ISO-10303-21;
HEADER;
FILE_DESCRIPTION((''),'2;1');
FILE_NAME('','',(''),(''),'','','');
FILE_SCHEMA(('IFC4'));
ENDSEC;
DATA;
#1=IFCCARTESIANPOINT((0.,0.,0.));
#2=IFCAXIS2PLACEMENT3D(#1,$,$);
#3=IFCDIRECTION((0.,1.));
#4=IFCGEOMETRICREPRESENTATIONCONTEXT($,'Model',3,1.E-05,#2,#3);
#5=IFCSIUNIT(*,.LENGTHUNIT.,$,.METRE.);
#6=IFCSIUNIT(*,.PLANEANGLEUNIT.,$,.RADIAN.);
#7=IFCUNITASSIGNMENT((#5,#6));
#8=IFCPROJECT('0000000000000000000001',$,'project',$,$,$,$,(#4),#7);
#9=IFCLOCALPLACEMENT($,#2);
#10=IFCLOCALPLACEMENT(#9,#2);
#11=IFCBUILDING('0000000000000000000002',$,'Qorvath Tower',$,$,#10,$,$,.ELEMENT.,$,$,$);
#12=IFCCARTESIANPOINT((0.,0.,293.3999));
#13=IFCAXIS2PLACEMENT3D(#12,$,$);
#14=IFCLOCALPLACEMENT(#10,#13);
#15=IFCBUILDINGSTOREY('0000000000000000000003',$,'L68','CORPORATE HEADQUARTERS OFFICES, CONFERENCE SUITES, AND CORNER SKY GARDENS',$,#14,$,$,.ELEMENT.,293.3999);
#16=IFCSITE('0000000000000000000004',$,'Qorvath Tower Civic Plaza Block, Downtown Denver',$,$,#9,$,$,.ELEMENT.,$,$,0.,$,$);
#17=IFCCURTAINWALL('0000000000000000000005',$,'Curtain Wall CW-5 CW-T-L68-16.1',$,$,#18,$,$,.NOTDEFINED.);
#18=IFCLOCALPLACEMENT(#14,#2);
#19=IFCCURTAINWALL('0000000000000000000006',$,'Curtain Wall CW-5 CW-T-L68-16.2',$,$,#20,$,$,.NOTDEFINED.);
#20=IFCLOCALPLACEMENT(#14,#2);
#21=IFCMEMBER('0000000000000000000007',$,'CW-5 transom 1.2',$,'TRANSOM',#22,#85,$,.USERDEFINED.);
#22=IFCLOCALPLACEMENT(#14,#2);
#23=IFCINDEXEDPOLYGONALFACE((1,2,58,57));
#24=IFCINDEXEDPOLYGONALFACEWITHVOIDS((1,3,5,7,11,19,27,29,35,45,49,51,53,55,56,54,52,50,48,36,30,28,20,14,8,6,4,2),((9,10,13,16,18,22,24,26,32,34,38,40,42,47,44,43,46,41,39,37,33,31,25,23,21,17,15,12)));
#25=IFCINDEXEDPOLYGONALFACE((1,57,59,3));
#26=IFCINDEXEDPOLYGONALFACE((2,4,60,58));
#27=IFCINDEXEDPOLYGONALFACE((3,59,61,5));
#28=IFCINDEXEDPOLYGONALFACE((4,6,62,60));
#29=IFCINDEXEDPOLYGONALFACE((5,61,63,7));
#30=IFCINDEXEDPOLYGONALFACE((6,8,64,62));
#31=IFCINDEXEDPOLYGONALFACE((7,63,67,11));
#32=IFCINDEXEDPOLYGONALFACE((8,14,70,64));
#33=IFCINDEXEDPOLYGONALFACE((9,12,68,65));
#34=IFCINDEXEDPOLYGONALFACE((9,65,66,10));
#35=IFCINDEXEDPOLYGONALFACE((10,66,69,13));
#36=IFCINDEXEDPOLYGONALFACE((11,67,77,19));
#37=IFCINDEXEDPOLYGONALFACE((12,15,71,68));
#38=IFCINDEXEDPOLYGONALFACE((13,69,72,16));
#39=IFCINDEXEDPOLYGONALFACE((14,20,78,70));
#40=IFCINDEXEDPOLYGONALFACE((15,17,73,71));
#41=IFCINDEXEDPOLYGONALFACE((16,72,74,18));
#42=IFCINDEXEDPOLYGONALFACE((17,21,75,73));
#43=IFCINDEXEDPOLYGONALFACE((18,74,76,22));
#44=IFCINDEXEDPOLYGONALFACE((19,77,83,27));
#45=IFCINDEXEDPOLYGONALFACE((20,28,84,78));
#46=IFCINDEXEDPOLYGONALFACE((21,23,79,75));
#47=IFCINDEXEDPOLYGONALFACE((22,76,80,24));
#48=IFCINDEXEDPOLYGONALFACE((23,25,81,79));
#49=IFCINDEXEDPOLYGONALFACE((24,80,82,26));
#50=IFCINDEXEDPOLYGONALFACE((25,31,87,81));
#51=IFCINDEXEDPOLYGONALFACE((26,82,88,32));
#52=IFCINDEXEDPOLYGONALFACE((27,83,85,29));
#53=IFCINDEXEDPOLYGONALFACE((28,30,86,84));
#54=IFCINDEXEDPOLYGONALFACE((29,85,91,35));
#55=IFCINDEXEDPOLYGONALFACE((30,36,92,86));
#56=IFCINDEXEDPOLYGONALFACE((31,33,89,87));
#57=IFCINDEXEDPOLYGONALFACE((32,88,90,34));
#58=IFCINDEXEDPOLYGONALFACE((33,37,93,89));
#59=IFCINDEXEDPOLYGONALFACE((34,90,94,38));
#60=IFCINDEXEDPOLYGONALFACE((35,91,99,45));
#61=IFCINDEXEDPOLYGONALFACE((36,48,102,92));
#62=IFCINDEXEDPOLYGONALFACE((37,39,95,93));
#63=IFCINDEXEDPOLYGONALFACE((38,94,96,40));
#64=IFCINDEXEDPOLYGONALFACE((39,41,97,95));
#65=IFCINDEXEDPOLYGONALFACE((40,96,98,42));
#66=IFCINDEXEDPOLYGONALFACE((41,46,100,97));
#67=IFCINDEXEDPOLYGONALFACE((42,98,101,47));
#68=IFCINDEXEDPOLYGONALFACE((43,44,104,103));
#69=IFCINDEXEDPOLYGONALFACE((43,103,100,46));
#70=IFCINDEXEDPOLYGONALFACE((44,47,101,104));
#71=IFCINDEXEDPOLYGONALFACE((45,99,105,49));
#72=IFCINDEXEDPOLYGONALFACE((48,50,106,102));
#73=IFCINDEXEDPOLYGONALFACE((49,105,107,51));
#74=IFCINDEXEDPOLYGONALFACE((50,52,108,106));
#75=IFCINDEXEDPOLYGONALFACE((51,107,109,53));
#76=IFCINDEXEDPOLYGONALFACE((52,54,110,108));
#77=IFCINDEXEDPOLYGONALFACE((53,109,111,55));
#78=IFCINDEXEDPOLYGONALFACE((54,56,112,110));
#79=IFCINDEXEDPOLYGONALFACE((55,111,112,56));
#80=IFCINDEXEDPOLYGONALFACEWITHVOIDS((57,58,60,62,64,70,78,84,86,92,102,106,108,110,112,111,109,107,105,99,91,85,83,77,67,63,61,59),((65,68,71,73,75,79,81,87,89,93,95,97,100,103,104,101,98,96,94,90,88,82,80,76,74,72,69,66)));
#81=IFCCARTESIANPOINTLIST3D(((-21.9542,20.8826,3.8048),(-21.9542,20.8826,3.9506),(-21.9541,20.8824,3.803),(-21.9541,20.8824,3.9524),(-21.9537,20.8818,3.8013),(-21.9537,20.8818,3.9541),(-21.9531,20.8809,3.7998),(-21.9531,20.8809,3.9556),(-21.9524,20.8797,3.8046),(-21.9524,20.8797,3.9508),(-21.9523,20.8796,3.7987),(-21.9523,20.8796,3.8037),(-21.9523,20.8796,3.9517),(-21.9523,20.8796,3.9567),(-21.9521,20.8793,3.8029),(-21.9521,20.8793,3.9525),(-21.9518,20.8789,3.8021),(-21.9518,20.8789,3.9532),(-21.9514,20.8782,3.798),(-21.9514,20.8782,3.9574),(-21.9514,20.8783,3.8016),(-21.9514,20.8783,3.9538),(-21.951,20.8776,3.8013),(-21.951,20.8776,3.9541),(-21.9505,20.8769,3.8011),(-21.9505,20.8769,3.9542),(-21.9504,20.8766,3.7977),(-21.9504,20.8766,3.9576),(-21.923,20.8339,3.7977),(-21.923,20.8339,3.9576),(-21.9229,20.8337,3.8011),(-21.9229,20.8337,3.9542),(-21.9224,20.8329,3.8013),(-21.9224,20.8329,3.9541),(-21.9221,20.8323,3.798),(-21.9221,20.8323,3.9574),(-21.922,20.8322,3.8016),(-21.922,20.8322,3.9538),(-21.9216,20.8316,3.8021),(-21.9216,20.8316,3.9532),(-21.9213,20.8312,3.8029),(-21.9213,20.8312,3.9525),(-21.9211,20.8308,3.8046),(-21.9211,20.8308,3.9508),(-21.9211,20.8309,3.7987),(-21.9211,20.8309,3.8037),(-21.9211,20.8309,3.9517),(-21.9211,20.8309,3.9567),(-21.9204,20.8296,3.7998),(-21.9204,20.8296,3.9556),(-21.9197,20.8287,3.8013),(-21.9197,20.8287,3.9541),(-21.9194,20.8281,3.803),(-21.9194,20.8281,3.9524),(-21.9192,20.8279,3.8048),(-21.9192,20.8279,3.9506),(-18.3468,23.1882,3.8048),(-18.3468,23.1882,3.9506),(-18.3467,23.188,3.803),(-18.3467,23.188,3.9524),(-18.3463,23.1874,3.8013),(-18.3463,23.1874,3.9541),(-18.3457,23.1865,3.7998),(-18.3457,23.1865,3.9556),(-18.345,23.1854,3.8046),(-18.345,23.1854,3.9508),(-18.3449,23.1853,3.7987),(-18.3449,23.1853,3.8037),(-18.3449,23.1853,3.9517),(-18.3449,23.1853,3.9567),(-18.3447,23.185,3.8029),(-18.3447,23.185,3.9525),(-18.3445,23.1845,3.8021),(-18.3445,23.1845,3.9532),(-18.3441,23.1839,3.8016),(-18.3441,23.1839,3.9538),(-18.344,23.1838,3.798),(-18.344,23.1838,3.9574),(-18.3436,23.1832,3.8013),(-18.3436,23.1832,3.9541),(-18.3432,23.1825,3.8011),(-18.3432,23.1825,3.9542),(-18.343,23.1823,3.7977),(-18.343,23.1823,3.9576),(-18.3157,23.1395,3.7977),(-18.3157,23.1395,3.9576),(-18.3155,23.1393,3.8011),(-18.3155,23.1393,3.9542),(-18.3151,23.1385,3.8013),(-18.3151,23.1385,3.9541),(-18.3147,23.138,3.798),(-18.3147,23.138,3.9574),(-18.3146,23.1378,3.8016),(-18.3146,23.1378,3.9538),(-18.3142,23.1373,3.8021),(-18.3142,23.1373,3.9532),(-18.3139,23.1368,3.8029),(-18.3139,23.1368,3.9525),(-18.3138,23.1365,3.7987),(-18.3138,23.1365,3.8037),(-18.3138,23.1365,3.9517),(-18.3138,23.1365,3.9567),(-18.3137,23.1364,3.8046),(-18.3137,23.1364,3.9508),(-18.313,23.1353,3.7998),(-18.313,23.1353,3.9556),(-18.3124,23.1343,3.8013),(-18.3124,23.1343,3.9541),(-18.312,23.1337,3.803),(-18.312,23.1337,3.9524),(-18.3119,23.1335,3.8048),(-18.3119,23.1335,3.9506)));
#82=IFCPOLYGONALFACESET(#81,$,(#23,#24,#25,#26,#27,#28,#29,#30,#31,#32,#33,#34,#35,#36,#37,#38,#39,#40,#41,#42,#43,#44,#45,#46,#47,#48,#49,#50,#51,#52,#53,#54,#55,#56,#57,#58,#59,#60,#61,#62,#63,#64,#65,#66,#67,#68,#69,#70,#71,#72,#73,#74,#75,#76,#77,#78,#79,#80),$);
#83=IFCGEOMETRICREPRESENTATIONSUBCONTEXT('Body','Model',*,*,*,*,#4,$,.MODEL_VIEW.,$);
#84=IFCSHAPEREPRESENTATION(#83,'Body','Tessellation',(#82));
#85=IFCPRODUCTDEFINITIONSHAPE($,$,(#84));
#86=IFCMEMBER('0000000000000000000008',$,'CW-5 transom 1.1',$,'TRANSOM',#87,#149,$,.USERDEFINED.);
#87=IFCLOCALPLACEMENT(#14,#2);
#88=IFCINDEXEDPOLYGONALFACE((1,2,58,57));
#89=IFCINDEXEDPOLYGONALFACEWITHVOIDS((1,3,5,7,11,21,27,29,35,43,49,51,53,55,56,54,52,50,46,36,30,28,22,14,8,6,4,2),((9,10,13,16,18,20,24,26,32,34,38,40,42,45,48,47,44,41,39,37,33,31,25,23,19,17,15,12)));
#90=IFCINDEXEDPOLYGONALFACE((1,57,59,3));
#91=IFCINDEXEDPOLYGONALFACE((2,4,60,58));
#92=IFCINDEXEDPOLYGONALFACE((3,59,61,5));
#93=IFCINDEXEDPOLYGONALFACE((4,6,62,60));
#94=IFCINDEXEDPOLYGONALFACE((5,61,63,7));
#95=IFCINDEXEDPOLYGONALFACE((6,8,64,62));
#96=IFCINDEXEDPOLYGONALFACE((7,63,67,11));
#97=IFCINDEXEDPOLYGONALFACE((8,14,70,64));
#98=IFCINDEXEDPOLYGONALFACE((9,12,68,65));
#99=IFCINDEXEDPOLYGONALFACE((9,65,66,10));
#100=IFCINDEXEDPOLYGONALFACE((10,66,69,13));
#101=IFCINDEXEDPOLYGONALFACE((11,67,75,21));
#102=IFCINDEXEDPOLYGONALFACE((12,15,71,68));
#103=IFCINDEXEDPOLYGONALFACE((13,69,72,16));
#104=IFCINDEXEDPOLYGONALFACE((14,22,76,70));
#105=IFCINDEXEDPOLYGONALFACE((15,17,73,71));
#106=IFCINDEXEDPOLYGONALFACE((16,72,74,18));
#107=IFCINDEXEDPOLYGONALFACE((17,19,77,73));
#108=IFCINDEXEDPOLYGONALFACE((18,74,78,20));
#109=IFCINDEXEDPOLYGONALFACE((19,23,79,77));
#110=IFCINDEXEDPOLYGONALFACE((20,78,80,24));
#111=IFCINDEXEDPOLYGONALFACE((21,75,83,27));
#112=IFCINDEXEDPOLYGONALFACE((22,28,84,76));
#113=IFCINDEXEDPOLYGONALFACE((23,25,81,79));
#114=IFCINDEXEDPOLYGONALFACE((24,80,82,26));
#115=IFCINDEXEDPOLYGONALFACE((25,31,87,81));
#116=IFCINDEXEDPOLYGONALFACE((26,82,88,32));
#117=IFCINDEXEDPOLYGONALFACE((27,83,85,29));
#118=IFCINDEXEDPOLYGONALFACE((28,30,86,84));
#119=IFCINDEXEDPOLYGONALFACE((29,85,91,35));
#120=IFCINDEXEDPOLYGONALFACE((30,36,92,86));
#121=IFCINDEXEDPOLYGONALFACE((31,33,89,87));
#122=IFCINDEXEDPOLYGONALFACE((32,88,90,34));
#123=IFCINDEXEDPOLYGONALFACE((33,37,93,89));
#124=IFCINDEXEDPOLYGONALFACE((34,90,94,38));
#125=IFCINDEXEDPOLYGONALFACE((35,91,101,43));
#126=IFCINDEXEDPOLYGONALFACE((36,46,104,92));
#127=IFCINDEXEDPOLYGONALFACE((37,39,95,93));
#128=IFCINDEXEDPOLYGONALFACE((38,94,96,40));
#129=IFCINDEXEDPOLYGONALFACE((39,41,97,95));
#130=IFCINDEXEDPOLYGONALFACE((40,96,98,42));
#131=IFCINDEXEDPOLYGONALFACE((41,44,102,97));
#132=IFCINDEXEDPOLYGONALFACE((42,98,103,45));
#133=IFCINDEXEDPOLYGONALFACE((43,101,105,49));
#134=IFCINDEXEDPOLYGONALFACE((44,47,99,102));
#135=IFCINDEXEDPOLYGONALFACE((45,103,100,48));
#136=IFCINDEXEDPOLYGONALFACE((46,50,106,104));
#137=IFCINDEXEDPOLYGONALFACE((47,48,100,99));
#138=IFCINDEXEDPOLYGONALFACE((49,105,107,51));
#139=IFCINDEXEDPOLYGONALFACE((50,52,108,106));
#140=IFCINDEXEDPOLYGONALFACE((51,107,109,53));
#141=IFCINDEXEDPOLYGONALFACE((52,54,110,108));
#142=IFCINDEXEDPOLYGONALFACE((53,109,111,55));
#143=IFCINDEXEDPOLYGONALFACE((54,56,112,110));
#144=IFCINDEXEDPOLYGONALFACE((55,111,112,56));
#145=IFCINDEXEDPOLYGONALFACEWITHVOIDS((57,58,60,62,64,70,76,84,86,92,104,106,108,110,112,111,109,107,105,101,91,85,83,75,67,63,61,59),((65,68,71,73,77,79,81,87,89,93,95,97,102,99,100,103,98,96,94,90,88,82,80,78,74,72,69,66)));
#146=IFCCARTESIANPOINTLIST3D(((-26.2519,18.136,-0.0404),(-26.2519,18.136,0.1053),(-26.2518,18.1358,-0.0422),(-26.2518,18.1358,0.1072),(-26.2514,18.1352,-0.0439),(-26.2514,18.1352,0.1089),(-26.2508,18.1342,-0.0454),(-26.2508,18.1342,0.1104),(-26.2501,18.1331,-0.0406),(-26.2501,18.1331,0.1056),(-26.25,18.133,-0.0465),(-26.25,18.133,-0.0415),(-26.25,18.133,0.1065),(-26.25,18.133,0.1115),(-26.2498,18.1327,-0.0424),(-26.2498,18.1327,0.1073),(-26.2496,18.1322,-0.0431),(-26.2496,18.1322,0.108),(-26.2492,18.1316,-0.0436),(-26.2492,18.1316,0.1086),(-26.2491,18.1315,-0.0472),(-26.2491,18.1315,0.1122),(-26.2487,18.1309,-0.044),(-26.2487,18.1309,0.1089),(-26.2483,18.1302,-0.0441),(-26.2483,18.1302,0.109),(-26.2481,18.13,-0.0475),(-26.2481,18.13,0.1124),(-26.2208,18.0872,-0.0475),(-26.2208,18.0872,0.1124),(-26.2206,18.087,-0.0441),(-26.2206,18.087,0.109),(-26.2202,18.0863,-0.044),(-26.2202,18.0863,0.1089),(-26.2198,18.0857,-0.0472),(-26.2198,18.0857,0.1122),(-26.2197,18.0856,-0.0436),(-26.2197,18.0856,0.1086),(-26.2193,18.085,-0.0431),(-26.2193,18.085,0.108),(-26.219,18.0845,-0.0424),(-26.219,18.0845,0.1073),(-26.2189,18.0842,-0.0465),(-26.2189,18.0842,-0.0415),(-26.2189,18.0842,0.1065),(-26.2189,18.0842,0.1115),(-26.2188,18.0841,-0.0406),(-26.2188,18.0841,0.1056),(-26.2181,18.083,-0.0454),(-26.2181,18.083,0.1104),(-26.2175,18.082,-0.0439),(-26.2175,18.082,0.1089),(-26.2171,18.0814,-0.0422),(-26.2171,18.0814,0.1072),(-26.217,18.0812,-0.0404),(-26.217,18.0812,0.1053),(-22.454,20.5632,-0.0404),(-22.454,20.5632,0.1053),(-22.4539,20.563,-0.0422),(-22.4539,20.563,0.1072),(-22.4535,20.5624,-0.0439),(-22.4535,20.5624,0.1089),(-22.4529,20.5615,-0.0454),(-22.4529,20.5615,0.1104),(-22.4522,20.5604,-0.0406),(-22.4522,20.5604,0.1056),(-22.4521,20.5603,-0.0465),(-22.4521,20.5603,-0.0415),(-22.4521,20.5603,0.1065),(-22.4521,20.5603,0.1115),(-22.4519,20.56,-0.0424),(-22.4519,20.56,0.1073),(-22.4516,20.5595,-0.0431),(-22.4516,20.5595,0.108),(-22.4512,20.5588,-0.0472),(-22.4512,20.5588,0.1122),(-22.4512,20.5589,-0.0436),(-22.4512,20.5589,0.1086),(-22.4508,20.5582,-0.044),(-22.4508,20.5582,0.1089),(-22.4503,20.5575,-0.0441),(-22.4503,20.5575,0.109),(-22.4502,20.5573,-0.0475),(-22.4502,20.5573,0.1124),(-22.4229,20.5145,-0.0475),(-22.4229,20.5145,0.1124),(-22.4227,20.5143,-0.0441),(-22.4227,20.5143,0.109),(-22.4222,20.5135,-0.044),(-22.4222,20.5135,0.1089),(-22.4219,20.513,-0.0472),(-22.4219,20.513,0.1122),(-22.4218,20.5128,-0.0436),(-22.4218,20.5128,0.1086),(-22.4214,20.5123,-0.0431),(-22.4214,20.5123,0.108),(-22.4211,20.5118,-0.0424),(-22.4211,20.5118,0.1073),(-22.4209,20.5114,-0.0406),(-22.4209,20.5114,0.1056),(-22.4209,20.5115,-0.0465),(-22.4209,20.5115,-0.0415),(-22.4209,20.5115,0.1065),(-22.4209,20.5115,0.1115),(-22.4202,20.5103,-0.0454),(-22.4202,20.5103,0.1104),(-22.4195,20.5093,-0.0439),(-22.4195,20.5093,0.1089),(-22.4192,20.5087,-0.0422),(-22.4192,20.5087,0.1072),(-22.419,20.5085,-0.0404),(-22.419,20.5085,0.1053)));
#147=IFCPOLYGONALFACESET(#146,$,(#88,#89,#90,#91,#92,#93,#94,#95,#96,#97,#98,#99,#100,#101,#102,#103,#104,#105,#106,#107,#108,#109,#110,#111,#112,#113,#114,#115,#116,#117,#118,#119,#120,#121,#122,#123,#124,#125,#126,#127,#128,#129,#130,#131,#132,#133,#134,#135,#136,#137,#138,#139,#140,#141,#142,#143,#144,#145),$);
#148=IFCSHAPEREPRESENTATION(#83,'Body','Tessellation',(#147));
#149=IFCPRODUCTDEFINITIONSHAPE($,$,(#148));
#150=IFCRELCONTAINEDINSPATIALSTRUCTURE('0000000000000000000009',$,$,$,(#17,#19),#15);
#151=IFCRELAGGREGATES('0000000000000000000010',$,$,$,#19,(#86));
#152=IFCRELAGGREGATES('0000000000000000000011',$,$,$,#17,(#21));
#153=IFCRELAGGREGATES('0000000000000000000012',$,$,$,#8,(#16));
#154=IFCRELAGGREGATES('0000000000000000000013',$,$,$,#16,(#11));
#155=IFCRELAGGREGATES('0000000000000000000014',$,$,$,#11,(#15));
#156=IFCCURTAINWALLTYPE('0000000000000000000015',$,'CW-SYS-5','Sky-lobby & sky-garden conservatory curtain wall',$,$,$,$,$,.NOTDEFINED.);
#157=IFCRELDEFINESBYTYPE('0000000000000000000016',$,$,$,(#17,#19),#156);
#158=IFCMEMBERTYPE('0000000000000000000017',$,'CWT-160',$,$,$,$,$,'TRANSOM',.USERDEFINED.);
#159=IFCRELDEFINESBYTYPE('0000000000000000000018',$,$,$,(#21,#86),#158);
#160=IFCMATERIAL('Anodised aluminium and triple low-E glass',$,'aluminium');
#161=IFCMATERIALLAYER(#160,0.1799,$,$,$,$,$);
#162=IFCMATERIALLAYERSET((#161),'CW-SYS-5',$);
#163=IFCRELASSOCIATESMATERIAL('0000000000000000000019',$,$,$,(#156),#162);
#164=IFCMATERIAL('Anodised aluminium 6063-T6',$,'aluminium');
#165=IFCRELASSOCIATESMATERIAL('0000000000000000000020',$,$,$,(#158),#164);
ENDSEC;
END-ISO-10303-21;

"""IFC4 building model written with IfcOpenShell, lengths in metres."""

from ifc_helpers import new_model, si_unit, direction, frame, origin, origin_2d, place, context, subcontext, project, spatial, hollow_rectangle, extrude, material, layer, layer_set, material_profile, profile_set, type_object, element, aggregate, save


model = new_model("IFC4")

# Units and contexts
model_context = context("Model", 3, precision=1e-05, world=origin(), true_north=direction((0.0, 1.0)))
body_context = subcontext(model_context, "Body", "Model", "MODEL_VIEW")
ifc_project = project(units=[si_unit("LENGTHUNIT", "METRE"), si_unit("PLANEANGLEUNIT", "RADIAN")], contexts=[model_context])

# Site, building, storey
site_placement = place(None, origin())
site = spatial("IfcSite", under=ifc_project, at=site_placement, Name="Qorvath Tower Civic Plaza Block, Downtown Denver", CompositionType="ELEMENT", RefElevation=0.0)
building_placement = place(site_placement, origin())
building = spatial("IfcBuilding", under=site, at=building_placement, Name="Qorvath Tower", CompositionType="ELEMENT")
storey_placement = place(building_placement, frame((0.0, 0.0, 293.3999)))
storey = spatial("IfcBuildingStorey", under=building, at=storey_placement, Name="L68", Description="CORPORATE HEADQUARTERS OFFICES, CONFERENCE SUITES, AND CORNER SKY GARDENS", CompositionType="ELEMENT", Elevation=293.3999)

# Shared definitions
ifc_material_1 = material(Name="Anodised aluminium and triple low-E glass", Category="aluminium")
ifc_layer_1 = layer(ifc_material_1, 0.1799)
ifc_layer_set_1 = layer_set([ifc_layer_1], Name="CW-SYS-5")
curtain_wall_type = type_object("IfcCurtainWallType", Name="CW-SYS-5", Description="Sky-lobby & sky-garden conservatory curtain wall", PredefinedType="NOTDEFINED", material=ifc_layer_set_1)

# Curtain wall
curtain_wall_1_placement = place(storey_placement, origin())
curtain_wall_1 = element("IfcCurtainWall", 1, at=curtain_wall_1_placement, inside=storey, type_object=curtain_wall_type, Name="Curtain Wall CW-5 CW-T-L68-16.1", PredefinedType="NOTDEFINED")

# Curtain wall
curtain_wall_2_placement = place(storey_placement, origin())
curtain_wall_2 = element("IfcCurtainWall", 2, at=curtain_wall_2_placement, inside=storey, type_object=curtain_wall_type, Name="Curtain Wall CW-5 CW-T-L68-16.2", PredefinedType="NOTDEFINED")

# Members
ifc_material_2 = material(Name="Anodised aluminium 6063-T6", Category="aluminium")
ifc_material_profile_1 = material_profile(ifc_material_2, hollow_rectangle(XDim=0.0649, YDim=0.1599, WallThickness=0.0034, InnerFilletRadius=0.0034, OuterFilletRadius=0.0071, at=origin_2d()), Name="CWT 160x65")
ifc_profile_set_1 = profile_set([ifc_material_profile_1], Name="Anodised aluminium 6063-T6")
member_type_1 = type_object("IfcMemberType", Name="CWT-160", ElementType="TRANSOM", PredefinedType="USERDEFINED", material=ifc_profile_set_1)
member_1_placement = place(storey_placement, frame((-18.3293, 23.1609, 3.8777), z_axis=(-0.842599, -0.538542, 0.0), x_axis=(0.538542, -0.842599, 0.0)))
member_1 = element("IfcMember", 3, at=member_1_placement, type_object=member_type_1, Name="CW-5 transom 1.2", ObjectType="TRANSOM", PredefinedType="USERDEFINED", context=body_context, shape_type="SweptSolid", body=[
    extrude(hollow_rectangle(XDim=0.0649, YDim=0.1599, WallThickness=0.0034, InnerFilletRadius=0.0034, OuterFilletRadius=0.0071, at=origin_2d()), origin(), (0.0, 0.0, 1.0), 4.2812),
])
member_2_placement = place(storey_placement, frame((-22.4365, 20.5359, 0.0325), z_axis=(-0.842612, -0.538522, 0.0), x_axis=(0.538522, -0.842612, 0.0)))
member_2 = element("IfcMember", 4, at=member_2_placement, type_object=member_type_1, Name="CW-5 transom 1.1", ObjectType="TRANSOM", PredefinedType="USERDEFINED", context=body_context, shape_type="SweptSolid", body=[
    extrude(hollow_rectangle(XDim=0.0649, YDim=0.1599, WallThickness=0.0034, InnerFilletRadius=0.0034, OuterFilletRadius=0.0071, at=origin_2d()), origin(), (0.0, 0.0, 1.0), 4.5073),
])
aggregate(curtain_wall_2, [member_2])

aggregate(curtain_wall_1, [member_1])

save(model, "model.ifc")
